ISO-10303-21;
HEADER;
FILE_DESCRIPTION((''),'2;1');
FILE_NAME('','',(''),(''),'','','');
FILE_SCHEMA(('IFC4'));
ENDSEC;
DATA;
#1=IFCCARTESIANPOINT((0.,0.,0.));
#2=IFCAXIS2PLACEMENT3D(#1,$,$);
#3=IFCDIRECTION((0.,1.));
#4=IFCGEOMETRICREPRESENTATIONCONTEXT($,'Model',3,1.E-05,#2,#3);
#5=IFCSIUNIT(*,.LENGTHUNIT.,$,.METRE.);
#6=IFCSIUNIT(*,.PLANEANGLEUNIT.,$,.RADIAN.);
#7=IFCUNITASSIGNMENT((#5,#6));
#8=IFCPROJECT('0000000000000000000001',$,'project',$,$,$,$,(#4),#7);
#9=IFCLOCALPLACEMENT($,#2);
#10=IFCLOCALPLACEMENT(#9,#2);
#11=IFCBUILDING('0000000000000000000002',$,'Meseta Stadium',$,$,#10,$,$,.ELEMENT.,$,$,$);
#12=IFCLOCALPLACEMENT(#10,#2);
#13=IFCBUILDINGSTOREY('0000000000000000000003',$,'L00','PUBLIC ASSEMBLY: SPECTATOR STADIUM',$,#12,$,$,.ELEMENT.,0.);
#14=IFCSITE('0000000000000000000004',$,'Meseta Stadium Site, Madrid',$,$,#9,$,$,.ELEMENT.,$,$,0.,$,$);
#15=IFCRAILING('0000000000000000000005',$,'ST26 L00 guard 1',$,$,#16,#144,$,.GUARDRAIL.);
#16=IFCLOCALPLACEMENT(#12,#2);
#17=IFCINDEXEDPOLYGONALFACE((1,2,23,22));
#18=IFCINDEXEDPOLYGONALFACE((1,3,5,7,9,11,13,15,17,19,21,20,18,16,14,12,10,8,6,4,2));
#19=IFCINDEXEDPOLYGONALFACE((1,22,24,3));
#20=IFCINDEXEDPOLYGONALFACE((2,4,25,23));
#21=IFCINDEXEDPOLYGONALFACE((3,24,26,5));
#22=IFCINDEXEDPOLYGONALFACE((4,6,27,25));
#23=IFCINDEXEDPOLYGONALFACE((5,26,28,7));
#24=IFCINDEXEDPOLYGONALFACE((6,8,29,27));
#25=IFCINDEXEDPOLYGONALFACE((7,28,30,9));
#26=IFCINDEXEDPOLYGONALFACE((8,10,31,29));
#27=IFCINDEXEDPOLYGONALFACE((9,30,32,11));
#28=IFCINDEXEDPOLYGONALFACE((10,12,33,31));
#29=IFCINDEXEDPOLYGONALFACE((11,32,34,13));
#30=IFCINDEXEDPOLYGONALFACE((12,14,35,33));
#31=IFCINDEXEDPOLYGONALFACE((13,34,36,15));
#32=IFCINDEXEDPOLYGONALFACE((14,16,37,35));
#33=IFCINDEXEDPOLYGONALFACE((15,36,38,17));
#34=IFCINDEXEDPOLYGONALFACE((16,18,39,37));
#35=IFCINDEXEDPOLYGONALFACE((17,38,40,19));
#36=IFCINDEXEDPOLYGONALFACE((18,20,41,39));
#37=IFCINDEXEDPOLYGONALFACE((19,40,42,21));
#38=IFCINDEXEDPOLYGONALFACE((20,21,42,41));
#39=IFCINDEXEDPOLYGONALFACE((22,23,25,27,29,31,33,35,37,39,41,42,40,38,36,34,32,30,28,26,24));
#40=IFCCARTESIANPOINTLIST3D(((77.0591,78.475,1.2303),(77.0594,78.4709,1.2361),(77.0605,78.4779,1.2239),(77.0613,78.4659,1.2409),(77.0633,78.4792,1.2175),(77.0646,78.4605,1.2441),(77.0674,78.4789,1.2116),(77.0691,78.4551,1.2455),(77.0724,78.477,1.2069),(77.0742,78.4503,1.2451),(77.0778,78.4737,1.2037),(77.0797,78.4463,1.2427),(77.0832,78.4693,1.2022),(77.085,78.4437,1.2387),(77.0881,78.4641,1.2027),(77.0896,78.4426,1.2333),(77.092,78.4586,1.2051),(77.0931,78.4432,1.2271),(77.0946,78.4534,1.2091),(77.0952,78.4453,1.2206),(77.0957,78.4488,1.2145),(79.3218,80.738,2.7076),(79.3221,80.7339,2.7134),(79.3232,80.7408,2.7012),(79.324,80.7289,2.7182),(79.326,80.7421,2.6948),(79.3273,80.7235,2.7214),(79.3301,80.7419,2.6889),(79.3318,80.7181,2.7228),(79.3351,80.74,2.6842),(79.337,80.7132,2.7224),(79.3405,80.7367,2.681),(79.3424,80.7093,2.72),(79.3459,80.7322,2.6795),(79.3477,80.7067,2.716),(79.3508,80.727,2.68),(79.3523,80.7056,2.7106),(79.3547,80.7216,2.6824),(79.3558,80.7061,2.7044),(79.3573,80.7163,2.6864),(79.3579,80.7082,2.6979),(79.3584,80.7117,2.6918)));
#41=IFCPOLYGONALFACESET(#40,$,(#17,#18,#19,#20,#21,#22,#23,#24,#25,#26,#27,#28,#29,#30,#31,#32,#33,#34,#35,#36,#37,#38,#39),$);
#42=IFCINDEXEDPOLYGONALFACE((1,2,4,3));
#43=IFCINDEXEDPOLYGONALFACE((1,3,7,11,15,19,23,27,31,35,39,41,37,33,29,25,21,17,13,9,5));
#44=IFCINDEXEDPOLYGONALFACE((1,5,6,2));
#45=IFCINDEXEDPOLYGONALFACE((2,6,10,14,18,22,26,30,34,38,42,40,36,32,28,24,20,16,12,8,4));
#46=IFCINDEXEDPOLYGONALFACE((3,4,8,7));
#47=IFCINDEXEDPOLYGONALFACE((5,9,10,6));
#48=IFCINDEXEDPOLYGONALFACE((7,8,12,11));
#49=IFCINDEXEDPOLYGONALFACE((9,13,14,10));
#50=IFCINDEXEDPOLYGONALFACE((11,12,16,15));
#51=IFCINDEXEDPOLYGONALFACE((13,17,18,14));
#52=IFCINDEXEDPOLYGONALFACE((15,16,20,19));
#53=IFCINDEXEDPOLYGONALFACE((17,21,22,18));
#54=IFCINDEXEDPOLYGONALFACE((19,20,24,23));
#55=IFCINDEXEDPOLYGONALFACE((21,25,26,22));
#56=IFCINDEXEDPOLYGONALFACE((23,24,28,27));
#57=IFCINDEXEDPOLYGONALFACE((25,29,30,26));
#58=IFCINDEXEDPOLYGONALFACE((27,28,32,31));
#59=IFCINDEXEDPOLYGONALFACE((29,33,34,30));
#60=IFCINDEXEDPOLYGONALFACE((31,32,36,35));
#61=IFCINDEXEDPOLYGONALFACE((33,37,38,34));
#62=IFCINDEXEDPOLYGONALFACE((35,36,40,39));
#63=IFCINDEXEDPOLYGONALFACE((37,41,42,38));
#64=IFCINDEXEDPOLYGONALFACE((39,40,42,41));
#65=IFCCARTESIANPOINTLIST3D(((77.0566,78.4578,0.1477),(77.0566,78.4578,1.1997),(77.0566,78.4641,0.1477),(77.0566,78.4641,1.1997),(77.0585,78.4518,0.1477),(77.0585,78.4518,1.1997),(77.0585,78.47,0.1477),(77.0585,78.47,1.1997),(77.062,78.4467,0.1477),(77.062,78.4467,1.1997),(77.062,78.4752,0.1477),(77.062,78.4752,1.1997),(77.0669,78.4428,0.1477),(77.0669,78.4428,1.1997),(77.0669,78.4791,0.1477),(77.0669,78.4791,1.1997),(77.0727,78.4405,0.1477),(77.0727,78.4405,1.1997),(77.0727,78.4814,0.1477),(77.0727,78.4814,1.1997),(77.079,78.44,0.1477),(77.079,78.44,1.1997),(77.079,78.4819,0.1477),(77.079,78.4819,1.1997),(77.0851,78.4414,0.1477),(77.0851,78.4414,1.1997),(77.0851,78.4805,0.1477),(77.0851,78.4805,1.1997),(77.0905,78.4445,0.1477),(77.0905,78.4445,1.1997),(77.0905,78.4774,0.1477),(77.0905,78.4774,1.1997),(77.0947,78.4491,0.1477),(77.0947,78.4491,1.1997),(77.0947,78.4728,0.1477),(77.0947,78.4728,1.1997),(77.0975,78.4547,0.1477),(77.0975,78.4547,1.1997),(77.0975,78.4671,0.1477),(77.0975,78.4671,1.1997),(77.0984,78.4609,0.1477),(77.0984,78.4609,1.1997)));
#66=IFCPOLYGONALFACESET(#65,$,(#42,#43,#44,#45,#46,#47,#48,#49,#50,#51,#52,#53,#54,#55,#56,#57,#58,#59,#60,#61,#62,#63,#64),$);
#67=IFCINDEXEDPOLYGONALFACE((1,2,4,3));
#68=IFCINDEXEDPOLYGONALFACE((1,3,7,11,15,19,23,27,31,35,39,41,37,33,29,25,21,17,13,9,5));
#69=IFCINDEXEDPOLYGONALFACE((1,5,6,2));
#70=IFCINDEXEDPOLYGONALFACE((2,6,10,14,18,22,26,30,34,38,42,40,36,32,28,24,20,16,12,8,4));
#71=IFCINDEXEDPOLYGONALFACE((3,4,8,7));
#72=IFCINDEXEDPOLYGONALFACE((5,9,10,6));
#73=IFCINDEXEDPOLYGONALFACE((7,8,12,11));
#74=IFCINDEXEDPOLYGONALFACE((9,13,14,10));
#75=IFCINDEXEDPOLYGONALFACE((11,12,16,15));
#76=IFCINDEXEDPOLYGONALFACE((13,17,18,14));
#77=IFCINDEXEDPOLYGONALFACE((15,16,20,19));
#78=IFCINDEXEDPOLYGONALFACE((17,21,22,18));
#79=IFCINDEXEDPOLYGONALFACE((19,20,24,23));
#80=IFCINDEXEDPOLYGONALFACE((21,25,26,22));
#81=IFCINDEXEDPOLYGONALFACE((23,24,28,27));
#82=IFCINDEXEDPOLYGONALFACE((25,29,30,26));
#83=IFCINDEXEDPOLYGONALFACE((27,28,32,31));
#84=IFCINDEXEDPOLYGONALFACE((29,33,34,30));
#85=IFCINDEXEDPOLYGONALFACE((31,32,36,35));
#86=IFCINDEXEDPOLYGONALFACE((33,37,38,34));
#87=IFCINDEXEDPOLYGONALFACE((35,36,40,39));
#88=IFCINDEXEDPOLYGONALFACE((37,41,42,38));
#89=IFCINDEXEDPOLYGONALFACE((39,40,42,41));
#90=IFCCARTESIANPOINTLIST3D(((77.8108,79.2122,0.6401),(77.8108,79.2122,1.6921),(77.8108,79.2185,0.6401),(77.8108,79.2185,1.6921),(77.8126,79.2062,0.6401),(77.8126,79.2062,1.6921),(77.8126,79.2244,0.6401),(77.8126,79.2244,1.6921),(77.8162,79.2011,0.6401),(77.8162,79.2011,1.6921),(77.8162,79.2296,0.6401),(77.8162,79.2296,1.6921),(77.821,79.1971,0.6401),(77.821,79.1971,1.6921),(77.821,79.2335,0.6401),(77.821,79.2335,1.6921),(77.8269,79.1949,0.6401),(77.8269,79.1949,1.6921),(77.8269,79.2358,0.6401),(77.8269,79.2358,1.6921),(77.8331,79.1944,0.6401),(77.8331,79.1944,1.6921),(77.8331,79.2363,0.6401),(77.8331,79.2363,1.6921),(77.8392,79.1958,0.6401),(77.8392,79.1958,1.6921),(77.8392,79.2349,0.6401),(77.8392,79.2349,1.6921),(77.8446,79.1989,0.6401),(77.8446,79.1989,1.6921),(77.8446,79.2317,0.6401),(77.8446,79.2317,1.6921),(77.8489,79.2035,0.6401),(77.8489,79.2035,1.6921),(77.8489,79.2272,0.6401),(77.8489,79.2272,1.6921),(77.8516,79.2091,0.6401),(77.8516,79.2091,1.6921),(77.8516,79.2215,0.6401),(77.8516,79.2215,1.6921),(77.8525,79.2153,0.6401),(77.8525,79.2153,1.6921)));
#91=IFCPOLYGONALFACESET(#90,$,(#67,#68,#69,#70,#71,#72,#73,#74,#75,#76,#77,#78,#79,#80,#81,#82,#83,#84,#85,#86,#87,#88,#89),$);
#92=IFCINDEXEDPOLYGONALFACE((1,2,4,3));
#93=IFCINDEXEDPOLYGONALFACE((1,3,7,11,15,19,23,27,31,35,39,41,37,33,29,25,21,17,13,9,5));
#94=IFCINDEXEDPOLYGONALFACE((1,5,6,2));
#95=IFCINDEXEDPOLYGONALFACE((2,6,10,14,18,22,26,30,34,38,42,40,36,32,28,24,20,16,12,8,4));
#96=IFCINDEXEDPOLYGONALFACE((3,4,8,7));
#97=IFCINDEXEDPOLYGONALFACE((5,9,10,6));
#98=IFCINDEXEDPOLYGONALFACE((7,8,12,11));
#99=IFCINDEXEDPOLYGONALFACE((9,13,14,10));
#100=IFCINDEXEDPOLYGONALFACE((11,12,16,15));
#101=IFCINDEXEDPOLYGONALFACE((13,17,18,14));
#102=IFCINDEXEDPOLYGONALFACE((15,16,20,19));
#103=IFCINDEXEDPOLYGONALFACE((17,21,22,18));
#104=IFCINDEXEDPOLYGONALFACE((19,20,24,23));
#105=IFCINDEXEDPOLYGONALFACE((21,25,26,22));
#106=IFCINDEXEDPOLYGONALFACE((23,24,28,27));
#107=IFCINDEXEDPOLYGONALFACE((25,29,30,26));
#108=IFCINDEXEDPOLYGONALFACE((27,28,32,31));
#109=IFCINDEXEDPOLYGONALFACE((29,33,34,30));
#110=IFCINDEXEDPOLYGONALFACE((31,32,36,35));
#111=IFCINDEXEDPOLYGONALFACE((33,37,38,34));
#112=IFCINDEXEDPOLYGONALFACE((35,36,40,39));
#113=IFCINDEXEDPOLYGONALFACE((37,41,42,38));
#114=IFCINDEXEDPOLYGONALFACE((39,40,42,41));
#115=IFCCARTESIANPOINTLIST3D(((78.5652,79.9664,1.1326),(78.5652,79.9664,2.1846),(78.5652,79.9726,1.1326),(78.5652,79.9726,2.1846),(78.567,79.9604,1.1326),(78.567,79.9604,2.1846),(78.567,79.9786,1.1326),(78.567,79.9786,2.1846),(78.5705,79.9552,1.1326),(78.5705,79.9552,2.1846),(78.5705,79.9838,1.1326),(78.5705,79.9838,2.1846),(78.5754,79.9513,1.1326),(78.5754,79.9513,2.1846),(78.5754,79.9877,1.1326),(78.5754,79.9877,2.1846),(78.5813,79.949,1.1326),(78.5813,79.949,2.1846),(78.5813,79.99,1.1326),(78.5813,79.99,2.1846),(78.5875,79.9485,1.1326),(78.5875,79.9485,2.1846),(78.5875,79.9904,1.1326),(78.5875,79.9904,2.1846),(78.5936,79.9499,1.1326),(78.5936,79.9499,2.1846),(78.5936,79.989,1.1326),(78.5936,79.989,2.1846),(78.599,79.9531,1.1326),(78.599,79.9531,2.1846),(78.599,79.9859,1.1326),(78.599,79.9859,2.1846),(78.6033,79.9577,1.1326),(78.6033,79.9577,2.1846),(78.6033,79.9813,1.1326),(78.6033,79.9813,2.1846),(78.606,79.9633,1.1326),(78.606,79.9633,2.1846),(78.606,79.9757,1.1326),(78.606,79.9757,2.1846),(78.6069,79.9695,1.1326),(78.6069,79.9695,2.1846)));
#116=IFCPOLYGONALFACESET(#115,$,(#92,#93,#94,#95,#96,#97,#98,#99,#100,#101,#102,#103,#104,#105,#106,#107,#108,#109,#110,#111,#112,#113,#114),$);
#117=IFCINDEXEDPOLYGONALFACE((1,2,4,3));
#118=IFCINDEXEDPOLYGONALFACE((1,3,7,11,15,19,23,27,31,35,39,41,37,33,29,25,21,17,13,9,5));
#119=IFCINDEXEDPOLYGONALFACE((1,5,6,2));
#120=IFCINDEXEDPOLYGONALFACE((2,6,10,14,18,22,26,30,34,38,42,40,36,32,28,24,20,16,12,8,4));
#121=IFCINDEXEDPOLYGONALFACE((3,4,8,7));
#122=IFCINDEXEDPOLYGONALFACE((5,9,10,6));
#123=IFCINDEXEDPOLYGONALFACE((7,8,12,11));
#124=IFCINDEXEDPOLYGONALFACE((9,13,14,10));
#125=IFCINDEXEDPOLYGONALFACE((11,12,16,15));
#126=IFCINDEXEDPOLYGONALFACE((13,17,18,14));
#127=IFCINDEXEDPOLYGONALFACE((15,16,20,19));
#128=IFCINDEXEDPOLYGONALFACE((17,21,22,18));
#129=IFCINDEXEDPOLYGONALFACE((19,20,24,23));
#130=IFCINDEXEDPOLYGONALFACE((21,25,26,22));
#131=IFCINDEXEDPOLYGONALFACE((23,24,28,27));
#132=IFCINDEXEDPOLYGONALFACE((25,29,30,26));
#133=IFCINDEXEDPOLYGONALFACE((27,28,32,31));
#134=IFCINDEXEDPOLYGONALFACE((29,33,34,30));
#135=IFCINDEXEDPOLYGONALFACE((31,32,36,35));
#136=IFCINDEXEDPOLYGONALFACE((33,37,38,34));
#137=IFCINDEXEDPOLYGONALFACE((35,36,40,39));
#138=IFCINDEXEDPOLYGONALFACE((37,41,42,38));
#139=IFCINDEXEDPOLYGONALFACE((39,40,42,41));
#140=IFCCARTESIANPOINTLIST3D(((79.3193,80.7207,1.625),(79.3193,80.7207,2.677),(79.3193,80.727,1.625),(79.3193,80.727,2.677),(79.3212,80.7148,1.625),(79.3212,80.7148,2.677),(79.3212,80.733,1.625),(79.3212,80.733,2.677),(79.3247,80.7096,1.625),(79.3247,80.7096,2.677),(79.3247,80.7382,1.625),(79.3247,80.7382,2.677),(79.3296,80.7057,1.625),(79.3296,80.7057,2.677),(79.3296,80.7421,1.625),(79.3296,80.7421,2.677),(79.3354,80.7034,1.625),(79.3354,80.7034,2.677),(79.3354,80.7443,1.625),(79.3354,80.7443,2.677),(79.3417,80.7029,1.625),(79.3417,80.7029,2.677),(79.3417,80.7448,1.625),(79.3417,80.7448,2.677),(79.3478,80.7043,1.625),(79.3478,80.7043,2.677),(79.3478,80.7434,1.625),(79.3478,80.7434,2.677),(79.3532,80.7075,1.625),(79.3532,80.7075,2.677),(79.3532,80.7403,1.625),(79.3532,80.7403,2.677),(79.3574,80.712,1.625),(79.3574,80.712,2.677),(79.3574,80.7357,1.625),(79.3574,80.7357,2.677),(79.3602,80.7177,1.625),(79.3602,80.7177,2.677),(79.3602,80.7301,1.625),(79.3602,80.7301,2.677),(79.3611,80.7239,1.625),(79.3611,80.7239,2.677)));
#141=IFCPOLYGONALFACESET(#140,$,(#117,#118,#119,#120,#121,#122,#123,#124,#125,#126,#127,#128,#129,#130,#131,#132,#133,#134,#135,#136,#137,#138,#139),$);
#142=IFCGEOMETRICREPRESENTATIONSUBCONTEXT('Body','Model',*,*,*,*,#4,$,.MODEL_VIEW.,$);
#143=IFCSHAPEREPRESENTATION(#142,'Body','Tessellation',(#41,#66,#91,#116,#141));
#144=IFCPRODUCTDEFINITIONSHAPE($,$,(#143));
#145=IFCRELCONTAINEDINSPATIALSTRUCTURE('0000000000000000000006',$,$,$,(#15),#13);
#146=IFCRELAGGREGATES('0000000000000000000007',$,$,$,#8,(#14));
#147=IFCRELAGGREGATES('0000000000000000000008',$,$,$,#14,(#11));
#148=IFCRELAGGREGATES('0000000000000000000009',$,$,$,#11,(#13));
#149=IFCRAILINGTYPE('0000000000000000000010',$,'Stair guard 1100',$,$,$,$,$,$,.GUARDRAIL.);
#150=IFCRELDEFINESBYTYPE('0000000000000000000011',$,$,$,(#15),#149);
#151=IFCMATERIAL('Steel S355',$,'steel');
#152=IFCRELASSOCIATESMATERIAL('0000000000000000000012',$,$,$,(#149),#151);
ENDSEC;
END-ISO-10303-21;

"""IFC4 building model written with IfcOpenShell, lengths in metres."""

from ifc_helpers import new_model, si_unit, direction, frame, origin, origin_2d, place, context, subcontext, project, spatial, circle, extrude, material, type_object, element, save


model = new_model("IFC4")

# Units and contexts
model_context = context("Model", 3, precision=1e-05, world=origin(), true_north=direction((0.0, 1.0)))
body_context = subcontext(model_context, "Body", "Model", "MODEL_VIEW")
ifc_project = project(units=[si_unit("LENGTHUNIT", "METRE"), si_unit("PLANEANGLEUNIT", "RADIAN")], contexts=[model_context])

# Site, building, storey
site_placement = place(None, origin())
site = spatial("IfcSite", under=ifc_project, at=site_placement, Name="Meseta Stadium Site, Madrid", CompositionType="ELEMENT", RefElevation=0.0)
building_placement = place(site_placement, origin())
building = spatial("IfcBuilding", under=site, at=building_placement, Name="Meseta Stadium", CompositionType="ELEMENT")
storey_placement = place(building_placement, origin())
storey = spatial("IfcBuildingStorey", under=building, at=storey_placement, Name="L00", Description="PUBLIC ASSEMBLY: SPECTATOR STADIUM", CompositionType="ELEMENT", Elevation=0.0)

# Railing
ifc_material_1 = material(Name="Steel S355", Category="steel")
railing_type_1 = type_object("IfcRailingType", Name="Stair guard 1100", PredefinedType="GUARDRAIL", material=ifc_material_1)
railing_1_placement = place(storey_placement, frame((77.0774, 78.4609, 0.1477)))
element("IfcRailing", 1, at=railing_1_placement, inside=storey, type_object=railing_type_1, Name="ST26 L00 guard 1", PredefinedType="GUARDRAIL", context=body_context, shape_type="SweptSolid", body=[
    extrude(circle(Radius=0.0239, at=origin_2d()), frame((0.0, 0.0, 1.0762), z_axis=(0.641965, 0.642034, 0.419134), x_axis=(-0.707145, 0.707069, 0.0)), (0.0, 0.0, 1.0), 3.5247),
    extrude(circle(Radius=0.021, at=origin_2d()), origin(), (0.0, 0.0, 1.0), 1.052),
    extrude(circle(Radius=0.021, at=origin_2d()), frame((0.7542, 0.7544, 0.4924)), (0.0, 0.0, 1.0), 1.052),
    extrude(circle(Radius=0.021, at=origin_2d()), frame((1.5085, 1.5085, 0.9849)), (0.0, 0.0, 1.0), 1.052),
    extrude(circle(Radius=0.021, at=origin_2d()), frame((2.2627, 2.2629, 1.4773)), (0.0, 0.0, 1.0), 1.052),
])

save(model, "model.ifc")
